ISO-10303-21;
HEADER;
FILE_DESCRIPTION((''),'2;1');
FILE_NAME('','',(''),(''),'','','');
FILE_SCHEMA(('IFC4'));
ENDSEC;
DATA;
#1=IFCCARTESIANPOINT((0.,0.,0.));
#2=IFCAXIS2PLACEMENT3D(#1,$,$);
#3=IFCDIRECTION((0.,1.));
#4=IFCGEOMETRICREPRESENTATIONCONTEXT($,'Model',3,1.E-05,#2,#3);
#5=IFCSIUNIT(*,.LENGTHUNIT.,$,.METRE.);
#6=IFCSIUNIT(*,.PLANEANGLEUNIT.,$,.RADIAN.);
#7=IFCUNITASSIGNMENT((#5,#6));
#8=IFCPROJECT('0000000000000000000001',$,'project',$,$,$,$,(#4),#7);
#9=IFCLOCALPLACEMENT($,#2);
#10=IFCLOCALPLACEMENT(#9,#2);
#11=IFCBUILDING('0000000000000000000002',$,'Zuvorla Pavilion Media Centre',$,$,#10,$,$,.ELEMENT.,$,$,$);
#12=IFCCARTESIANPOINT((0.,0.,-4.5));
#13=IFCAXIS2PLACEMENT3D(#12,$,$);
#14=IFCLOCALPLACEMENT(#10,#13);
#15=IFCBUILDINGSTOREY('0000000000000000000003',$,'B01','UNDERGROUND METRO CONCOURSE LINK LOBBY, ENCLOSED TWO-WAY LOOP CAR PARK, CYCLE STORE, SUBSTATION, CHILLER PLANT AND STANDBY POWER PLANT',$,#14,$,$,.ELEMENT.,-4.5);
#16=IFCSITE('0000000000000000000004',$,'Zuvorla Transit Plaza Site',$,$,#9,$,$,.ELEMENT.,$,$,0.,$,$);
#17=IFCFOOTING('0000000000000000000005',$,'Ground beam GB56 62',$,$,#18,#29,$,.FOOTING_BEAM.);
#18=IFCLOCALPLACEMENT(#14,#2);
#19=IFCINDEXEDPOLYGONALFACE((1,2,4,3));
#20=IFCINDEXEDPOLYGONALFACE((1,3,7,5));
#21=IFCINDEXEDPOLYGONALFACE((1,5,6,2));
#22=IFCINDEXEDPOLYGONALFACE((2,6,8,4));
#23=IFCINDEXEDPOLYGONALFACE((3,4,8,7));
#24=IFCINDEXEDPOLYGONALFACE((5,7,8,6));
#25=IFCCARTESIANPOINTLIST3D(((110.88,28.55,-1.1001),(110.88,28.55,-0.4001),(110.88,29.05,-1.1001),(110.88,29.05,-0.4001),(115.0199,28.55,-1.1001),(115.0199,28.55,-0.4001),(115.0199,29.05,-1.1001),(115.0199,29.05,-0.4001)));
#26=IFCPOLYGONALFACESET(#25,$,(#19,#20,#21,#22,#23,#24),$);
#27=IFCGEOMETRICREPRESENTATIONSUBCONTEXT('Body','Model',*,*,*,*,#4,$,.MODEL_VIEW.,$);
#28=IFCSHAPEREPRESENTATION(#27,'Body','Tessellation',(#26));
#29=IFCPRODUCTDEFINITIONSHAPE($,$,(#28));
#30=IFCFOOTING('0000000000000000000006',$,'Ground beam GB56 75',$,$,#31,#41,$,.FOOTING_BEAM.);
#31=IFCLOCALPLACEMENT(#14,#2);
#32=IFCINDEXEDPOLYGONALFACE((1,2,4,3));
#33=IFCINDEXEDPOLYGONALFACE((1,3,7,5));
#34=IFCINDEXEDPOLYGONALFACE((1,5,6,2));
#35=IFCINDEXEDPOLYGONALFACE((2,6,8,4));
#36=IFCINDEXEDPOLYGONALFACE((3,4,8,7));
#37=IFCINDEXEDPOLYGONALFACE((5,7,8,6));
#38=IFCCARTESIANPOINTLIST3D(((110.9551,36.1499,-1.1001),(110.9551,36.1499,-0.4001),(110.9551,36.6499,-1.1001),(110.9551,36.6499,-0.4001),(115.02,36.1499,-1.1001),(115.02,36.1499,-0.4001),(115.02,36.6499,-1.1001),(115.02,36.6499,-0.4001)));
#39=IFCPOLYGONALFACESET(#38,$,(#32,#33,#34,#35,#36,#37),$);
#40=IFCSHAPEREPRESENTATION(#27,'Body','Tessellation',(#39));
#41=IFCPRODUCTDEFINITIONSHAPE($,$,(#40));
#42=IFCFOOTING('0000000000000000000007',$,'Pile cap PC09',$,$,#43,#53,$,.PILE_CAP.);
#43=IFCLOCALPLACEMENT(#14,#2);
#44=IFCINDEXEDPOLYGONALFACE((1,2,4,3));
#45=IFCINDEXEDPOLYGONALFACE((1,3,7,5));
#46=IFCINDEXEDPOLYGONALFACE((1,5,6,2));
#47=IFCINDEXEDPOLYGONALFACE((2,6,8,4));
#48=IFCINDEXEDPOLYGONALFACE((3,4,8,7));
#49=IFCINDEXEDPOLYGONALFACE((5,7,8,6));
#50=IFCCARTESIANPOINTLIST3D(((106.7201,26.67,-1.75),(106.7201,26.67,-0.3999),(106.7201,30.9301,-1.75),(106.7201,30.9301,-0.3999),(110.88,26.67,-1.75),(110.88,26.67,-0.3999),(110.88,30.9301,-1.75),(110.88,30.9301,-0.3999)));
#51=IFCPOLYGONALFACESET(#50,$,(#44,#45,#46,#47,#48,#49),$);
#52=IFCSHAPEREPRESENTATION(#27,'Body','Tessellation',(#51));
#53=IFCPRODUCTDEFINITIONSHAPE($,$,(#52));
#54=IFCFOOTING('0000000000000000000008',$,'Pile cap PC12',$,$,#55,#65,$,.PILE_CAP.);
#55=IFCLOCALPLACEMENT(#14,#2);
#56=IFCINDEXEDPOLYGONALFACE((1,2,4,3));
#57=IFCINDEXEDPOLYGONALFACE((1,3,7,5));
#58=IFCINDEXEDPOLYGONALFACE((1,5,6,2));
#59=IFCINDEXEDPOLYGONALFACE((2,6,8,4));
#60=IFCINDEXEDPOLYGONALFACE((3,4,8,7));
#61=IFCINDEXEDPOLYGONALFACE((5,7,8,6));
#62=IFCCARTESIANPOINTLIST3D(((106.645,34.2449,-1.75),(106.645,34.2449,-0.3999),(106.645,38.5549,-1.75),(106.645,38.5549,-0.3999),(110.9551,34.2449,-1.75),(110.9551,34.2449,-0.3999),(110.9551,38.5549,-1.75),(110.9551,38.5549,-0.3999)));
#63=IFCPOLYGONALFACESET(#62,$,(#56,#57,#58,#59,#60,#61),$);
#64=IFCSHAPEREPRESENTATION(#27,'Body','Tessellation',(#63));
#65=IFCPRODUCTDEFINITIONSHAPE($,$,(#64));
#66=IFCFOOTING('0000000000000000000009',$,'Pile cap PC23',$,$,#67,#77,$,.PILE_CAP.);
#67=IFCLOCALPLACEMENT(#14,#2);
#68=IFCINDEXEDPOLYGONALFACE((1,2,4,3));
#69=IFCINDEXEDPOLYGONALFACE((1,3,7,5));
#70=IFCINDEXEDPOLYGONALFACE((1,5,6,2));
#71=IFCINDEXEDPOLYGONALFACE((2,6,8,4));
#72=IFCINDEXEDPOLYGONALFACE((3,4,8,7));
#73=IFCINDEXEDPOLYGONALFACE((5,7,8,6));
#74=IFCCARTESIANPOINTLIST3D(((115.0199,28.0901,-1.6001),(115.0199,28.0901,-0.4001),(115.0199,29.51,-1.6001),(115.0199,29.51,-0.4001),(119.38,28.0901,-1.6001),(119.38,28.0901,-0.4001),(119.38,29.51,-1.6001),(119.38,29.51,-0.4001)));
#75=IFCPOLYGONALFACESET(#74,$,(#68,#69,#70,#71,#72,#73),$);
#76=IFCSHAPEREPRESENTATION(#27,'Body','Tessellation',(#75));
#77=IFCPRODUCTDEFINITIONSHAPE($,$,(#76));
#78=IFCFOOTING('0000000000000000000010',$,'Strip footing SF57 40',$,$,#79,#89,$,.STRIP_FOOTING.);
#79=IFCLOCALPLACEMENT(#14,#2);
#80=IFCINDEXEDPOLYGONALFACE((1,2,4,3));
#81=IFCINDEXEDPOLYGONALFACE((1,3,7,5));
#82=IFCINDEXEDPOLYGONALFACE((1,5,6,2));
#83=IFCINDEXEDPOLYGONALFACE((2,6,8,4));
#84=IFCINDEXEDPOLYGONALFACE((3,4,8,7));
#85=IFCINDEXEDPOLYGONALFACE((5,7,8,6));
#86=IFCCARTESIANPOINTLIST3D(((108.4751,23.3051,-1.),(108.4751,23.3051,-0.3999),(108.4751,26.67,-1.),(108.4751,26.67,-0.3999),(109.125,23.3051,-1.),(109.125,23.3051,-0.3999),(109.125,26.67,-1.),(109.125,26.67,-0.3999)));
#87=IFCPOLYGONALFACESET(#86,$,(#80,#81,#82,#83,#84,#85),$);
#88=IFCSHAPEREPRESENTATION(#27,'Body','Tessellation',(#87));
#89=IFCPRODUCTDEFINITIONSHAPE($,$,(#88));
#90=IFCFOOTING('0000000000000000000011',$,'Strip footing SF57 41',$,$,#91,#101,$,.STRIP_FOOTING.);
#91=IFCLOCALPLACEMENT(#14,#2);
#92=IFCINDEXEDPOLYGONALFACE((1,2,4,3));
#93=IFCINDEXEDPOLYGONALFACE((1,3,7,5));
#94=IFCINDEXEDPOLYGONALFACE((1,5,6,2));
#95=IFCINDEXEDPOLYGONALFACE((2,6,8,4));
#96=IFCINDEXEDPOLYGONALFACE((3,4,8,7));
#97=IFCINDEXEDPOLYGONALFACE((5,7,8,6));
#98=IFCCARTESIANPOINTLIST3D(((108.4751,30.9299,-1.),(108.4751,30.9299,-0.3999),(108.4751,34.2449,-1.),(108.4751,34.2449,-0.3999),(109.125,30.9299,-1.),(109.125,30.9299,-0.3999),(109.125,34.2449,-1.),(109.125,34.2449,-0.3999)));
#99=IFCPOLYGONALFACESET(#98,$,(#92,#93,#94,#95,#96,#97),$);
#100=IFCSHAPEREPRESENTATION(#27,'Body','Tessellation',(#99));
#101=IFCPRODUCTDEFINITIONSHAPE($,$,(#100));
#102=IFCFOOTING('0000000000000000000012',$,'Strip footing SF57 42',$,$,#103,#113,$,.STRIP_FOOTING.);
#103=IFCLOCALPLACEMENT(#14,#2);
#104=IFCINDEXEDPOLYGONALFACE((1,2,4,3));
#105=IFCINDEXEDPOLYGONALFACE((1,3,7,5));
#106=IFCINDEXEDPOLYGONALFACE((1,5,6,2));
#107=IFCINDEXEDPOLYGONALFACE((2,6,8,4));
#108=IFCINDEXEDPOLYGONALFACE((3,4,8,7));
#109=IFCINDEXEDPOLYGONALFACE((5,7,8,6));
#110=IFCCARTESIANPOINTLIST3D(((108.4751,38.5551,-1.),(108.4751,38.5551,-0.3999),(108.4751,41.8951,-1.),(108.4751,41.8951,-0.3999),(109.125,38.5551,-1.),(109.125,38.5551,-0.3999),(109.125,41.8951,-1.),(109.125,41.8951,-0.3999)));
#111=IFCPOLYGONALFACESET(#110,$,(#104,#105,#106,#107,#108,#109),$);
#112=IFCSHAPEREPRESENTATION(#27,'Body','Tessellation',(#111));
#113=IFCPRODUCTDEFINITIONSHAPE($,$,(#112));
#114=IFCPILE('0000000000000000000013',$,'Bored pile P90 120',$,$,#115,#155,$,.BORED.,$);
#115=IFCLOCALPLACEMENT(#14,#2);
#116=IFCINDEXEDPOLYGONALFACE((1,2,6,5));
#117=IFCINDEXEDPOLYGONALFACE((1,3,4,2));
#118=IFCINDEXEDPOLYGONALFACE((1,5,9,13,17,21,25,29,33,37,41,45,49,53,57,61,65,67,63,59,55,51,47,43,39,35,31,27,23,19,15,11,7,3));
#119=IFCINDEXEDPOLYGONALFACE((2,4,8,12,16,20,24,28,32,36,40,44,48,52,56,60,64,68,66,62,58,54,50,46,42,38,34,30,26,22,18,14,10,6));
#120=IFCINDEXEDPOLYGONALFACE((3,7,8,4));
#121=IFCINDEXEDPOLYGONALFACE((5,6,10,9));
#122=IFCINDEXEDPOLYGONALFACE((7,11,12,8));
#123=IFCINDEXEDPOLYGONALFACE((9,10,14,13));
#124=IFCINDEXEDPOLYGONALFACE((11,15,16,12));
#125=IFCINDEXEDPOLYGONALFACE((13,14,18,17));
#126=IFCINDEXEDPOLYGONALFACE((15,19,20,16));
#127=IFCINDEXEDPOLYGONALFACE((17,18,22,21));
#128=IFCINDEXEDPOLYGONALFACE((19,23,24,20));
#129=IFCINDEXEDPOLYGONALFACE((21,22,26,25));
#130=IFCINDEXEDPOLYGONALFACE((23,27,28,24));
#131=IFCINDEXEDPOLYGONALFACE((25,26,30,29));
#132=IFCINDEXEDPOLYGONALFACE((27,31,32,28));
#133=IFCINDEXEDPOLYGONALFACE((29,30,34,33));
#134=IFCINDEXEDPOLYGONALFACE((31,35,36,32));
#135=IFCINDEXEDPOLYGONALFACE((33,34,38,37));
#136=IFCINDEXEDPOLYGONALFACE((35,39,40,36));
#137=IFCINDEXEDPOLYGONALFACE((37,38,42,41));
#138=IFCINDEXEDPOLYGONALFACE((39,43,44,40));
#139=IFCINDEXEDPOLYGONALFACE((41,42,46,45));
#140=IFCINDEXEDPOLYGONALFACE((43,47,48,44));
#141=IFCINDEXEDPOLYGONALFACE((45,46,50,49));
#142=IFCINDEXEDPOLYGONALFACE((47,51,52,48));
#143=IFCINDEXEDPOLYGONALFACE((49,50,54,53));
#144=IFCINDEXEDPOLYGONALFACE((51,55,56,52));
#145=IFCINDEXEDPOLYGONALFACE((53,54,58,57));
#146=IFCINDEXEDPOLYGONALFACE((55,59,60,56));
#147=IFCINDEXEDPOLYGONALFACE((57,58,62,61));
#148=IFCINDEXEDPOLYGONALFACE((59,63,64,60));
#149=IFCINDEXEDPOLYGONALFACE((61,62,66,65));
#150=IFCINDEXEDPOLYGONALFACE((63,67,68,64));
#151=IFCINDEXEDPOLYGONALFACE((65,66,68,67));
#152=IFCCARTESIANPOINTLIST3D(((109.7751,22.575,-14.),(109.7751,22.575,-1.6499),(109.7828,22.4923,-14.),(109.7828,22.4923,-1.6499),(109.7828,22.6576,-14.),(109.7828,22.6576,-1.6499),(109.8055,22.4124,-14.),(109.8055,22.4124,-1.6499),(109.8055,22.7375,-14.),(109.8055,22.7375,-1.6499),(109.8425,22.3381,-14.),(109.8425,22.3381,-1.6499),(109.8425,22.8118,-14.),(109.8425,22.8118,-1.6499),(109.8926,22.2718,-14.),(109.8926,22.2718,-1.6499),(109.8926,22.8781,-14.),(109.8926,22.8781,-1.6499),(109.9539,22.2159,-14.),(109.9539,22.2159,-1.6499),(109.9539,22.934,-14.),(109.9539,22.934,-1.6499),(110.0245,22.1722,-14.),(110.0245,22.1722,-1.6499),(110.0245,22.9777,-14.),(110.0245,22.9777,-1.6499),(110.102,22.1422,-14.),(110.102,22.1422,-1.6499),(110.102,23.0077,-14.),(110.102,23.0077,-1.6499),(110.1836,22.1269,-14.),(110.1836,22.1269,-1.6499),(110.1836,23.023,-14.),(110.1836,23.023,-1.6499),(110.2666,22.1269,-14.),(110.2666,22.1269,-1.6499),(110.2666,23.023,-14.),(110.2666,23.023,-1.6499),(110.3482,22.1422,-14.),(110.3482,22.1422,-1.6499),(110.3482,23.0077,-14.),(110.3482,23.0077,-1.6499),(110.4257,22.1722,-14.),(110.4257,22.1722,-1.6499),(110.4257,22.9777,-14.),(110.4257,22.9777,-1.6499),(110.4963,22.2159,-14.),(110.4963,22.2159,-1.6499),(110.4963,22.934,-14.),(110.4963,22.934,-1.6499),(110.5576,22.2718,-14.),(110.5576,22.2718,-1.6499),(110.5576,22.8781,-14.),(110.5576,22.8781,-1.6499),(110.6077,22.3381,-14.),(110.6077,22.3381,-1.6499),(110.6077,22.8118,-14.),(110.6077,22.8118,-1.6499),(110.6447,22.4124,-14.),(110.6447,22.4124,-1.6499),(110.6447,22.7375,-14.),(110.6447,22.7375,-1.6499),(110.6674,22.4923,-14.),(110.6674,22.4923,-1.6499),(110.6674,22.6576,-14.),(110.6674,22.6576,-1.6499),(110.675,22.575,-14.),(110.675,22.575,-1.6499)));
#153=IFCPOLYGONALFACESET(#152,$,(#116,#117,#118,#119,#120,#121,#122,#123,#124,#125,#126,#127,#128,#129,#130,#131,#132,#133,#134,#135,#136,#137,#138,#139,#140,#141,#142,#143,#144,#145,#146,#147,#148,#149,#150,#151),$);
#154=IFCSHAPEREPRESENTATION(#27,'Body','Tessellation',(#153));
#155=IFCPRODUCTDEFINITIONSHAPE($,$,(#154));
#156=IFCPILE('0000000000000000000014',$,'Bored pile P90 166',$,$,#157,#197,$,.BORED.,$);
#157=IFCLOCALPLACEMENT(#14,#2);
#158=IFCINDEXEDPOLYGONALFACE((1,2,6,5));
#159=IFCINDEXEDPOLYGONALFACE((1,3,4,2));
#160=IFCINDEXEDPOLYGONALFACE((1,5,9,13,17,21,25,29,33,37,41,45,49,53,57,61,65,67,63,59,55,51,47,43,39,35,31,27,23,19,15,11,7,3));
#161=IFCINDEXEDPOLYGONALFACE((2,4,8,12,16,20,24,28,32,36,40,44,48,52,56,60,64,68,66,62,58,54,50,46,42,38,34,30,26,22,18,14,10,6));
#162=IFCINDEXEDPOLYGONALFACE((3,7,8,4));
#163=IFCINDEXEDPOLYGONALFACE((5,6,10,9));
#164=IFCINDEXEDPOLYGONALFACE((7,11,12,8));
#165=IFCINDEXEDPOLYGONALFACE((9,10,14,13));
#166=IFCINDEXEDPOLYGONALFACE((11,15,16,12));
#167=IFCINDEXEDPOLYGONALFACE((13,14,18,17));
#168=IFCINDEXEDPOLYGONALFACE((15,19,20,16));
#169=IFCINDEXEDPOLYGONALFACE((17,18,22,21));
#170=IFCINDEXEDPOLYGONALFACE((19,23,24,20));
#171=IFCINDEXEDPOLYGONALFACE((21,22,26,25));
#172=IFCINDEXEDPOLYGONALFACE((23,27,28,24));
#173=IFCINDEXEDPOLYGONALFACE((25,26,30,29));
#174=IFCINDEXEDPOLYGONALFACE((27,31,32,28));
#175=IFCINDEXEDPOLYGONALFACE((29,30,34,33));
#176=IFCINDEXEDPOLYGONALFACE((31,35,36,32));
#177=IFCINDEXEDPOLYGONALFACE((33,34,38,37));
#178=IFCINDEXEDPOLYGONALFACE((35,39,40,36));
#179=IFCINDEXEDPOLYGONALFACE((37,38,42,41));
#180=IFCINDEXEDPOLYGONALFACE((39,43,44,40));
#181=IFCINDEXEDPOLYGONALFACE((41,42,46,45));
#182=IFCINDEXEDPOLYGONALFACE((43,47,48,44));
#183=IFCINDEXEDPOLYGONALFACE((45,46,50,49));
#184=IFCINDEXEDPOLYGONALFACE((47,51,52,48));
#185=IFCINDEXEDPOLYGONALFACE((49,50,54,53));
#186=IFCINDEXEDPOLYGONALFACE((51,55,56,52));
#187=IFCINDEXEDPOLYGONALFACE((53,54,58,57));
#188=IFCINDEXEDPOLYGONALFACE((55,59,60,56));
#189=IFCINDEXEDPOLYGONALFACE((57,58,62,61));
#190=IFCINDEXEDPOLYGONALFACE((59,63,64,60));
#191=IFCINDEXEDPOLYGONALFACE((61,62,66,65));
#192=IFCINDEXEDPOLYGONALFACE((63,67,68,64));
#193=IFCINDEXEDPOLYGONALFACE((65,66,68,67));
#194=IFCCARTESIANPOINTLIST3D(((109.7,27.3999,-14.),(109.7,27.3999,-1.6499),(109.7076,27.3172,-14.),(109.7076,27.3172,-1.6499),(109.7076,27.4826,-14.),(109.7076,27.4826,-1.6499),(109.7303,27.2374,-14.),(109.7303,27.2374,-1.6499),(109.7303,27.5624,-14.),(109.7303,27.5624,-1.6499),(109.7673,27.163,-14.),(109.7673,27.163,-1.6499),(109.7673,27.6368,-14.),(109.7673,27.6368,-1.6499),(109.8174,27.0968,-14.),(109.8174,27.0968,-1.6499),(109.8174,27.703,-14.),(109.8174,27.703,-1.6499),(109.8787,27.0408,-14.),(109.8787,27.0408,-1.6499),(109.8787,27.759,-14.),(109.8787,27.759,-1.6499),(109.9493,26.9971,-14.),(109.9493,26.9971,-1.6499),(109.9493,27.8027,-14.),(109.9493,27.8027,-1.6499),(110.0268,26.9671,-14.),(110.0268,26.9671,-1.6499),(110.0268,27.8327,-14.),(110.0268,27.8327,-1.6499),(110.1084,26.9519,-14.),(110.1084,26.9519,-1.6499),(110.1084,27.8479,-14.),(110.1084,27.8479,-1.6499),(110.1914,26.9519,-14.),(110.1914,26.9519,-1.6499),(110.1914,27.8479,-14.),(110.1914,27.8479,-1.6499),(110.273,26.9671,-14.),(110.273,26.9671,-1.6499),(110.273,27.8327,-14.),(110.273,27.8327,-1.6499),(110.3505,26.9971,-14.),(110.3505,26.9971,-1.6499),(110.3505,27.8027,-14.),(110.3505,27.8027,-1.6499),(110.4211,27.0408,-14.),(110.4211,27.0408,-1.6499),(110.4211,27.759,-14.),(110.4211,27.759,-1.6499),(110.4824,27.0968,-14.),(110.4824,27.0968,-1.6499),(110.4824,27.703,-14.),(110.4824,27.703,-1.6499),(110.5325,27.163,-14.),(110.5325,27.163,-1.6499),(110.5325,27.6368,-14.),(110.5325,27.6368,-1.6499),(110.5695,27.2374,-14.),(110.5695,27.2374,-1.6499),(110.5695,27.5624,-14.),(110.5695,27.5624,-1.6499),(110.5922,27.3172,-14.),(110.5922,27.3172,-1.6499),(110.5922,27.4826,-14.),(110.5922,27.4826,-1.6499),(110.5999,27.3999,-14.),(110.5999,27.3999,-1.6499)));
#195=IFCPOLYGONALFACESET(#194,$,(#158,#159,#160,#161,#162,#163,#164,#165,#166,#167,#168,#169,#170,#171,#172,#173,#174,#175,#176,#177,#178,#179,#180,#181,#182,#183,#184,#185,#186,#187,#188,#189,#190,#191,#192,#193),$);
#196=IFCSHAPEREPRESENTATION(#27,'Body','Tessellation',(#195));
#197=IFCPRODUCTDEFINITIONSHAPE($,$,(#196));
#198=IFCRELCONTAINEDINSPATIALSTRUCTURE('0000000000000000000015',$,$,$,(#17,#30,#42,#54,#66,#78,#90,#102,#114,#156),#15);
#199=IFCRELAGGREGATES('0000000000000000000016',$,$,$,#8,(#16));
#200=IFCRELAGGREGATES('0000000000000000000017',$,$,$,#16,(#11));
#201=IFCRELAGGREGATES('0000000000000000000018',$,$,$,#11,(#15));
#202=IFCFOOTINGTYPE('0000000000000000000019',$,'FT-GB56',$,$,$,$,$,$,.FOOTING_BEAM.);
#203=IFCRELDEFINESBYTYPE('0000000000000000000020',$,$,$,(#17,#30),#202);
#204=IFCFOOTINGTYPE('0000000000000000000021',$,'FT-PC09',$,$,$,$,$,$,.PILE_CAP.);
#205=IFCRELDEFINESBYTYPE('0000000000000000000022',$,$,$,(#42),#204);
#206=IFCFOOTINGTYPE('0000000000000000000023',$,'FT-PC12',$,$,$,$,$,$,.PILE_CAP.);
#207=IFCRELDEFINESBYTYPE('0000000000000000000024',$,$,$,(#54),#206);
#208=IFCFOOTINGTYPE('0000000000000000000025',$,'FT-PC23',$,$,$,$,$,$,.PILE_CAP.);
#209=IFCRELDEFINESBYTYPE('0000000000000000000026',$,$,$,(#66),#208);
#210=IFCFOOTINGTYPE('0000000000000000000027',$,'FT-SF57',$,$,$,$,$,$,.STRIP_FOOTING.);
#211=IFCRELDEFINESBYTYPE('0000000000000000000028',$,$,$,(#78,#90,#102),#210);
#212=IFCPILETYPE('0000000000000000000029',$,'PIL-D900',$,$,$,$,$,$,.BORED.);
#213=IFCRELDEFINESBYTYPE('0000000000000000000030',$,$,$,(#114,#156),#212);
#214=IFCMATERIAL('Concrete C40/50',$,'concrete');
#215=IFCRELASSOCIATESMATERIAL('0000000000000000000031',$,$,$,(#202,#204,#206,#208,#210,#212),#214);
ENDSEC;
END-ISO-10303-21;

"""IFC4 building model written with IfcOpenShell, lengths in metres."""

from ifc_helpers import new_model, si_unit, direction, frame, origin, origin_2d, place, context, subcontext, project, spatial, rectangle, circle, extrude, material, material_profile, profile_set, type_object, element, save


model = new_model("IFC4")

# Units and contexts
model_context = context("Model", 3, precision=1e-05, world=origin(), true_north=direction((0.0, 1.0)))
body_context = subcontext(model_context, "Body", "Model", "MODEL_VIEW")
ifc_project = project(units=[si_unit("LENGTHUNIT", "METRE"), si_unit("PLANEANGLEUNIT", "RADIAN")], contexts=[model_context])

# Site, building, storey
site_placement = place(None, origin())
site = spatial("IfcSite", under=ifc_project, at=site_placement, Name="Zuvorla Transit Plaza Site", CompositionType="ELEMENT", RefElevation=0.0)
building_placement = place(site_placement, origin())
building = spatial("IfcBuilding", under=site, at=building_placement, Name="Zuvorla Pavilion Media Centre", CompositionType="ELEMENT")
storey_placement = place(building_placement, frame((0.0, 0.0, -4.5)))
storey = spatial("IfcBuildingStorey", under=building, at=storey_placement, Name="B01", Description="UNDERGROUND METRO CONCOURSE LINK LOBBY, ENCLOSED TWO-WAY LOOP CAR PARK, CYCLE STORE, SUBSTATION, CHILLER PLANT AND STANDBY POWER PLANT", CompositionType="ELEMENT", Elevation=-4.5)

# Footings
ifc_material_1 = material(Name="Concrete C40/50", Category="concrete")
footing_type_1 = type_object("IfcFootingType", Name="FT-GB56", PredefinedType="FOOTING_BEAM", material=ifc_material_1)
footing_1_placement = place(storey_placement, frame((112.95, 28.8, -1.1001), z_axis=(0.0, 0.0, 1.0), x_axis=(1.0, 0.0, 0.0)))
element("IfcFooting", 1, at=footing_1_placement, inside=storey, type_object=footing_type_1, Name="Ground beam GB56 62", PredefinedType="FOOTING_BEAM", context=body_context, shape_type="SweptSolid", body=[
    extrude(rectangle(XDim=4.1399, YDim=0.5, at=origin_2d()), origin(), (0.0, 0.0, 1.0), 0.7),
])
footing_2_placement = place(storey_placement, frame((112.9875, 36.3999, -1.1001), z_axis=(0.0, 0.0, 1.0), x_axis=(1.0, 0.0, 0.0)))
element("IfcFooting", 2, at=footing_2_placement, inside=storey, type_object=footing_type_1, Name="Ground beam GB56 75", PredefinedType="FOOTING_BEAM", context=body_context, shape_type="SweptSolid", body=[
    extrude(rectangle(XDim=4.0649, YDim=0.5, at=origin_2d()), origin(), (0.0, 0.0, 1.0), 0.7),
])
footing_type_2 = type_object("IfcFootingType", Name="FT-PC09", PredefinedType="PILE_CAP", material=ifc_material_1)
footing_3_placement = place(storey_placement, frame((108.8, 28.8, -1.75), z_axis=(0.0, 0.0, 1.0), x_axis=(1.0, 0.0, 0.0)))
element("IfcFooting", 3, at=footing_3_placement, inside=storey, type_object=footing_type_2, Name="Pile cap PC09", PredefinedType="PILE_CAP", context=body_context, shape_type="SweptSolid", body=[
    extrude(rectangle(XDim=4.1599, YDim=4.26, at=origin_2d()), origin(), (0.0, 0.0, 1.0), 1.3501),
])
footing_type_3 = type_object("IfcFootingType", Name="FT-PC12", PredefinedType="PILE_CAP", material=ifc_material_1)
footing_4_placement = place(storey_placement, frame((108.8, 36.3999, -1.75), z_axis=(0.0, 0.0, 1.0), x_axis=(1.0, 0.0, 0.0)))
element("IfcFooting", 4, at=footing_4_placement, inside=storey, type_object=footing_type_3, Name="Pile cap PC12", PredefinedType="PILE_CAP", context=body_context, shape_type="SweptSolid", body=[
    extrude(rectangle(XDim=4.3101, YDim=4.3101, at=origin_2d()), origin(), (0.0, 0.0, 1.0), 1.3501),
])
footing_type_4 = type_object("IfcFootingType", Name="FT-PC23", PredefinedType="PILE_CAP", material=ifc_material_1)
footing_5_placement = place(storey_placement, frame((117.2, 28.8, -1.6001), z_axis=(0.0, 0.0, 1.0), x_axis=(1.0, 0.0, 0.0)))
element("IfcFooting", 5, at=footing_5_placement, inside=storey, type_object=footing_type_4, Name="Pile cap PC23", PredefinedType="PILE_CAP", context=body_context, shape_type="SweptSolid", body=[
    extrude(rectangle(XDim=4.3601, YDim=1.4199, at=origin_2d()), origin(), (0.0, 0.0, 1.0), 1.2),
])
footing_type_5 = type_object("IfcFootingType", Name="FT-SF57", PredefinedType="STRIP_FOOTING", material=ifc_material_1)
footing_6_placement = place(storey_placement, frame((108.8, 24.9875, -1.0), z_axis=(0.0, 0.0, 1.0), x_axis=(0.0, 1.0, 0.0)))
element("IfcFooting", 6, at=footing_6_placement, inside=storey, type_object=footing_type_5, Name="Strip footing SF57 40", PredefinedType="STRIP_FOOTING", context=body_context, shape_type="SweptSolid", body=[
    extrude(rectangle(XDim=3.365, YDim=0.6499, at=origin_2d()), origin(), (0.0, 0.0, 1.0), 0.6001),
])
footing_7_placement = place(storey_placement, frame((108.8, 32.5874, -1.0), z_axis=(0.0, 0.0, 1.0), x_axis=(0.0, 1.0, 0.0)))
element("IfcFooting", 7, at=footing_7_placement, inside=storey, type_object=footing_type_5, Name="Strip footing SF57 41", PredefinedType="STRIP_FOOTING", context=body_context, shape_type="SweptSolid", body=[
    extrude(rectangle(XDim=3.3149, YDim=0.6499, at=origin_2d()), origin(), (0.0, 0.0, 1.0), 0.6001),
])
footing_8_placement = place(storey_placement, frame((108.8, 40.2251, -1.0), z_axis=(0.0, 0.0, 1.0), x_axis=(0.0, 1.0, 0.0)))
element("IfcFooting", 8, at=footing_8_placement, inside=storey, type_object=footing_type_5, Name="Strip footing SF57 42", PredefinedType="STRIP_FOOTING", context=body_context, shape_type="SweptSolid", body=[
    extrude(rectangle(XDim=3.3401, YDim=0.6499, at=origin_2d()), origin(), (0.0, 0.0, 1.0), 0.6001),
])

# Piles
ifc_material_profile_1 = material_profile(ifc_material_1, circle(Radius=0.45, at=origin_2d()), Name="BORED PILE 900")
ifc_profile_set_1 = profile_set([ifc_material_profile_1], Name="Concrete C40/50")
pile_type = type_object("IfcPileType", Name="PIL-D900", PredefinedType="BORED", material=ifc_profile_set_1)
for number, where, z_axis, x_axis, name in (
    (9, (110.2251, 22.575, -1.6499), (0.0, 0.0, -1.0), (1.0, 0.0, 0.0), "Bored pile P90 120"),
    (10, (110.1499, 27.3999, -1.6499), (0.0, 0.0, -1.0), (1.0, 0.0, 0.0), "Bored pile P90 166"),
):
    element("IfcPile", number, at=place(storey_placement, frame(where, z_axis=z_axis, x_axis=x_axis)), inside=storey, type_object=pile_type, Name=name, PredefinedType="BORED", context=body_context, shape_type="SweptSolid", body=[
        extrude(circle(Radius=0.45, at=origin_2d()), origin(), (0.0, 0.0, 1.0), 12.3501),
    ])

save(model, "model.ifc")
